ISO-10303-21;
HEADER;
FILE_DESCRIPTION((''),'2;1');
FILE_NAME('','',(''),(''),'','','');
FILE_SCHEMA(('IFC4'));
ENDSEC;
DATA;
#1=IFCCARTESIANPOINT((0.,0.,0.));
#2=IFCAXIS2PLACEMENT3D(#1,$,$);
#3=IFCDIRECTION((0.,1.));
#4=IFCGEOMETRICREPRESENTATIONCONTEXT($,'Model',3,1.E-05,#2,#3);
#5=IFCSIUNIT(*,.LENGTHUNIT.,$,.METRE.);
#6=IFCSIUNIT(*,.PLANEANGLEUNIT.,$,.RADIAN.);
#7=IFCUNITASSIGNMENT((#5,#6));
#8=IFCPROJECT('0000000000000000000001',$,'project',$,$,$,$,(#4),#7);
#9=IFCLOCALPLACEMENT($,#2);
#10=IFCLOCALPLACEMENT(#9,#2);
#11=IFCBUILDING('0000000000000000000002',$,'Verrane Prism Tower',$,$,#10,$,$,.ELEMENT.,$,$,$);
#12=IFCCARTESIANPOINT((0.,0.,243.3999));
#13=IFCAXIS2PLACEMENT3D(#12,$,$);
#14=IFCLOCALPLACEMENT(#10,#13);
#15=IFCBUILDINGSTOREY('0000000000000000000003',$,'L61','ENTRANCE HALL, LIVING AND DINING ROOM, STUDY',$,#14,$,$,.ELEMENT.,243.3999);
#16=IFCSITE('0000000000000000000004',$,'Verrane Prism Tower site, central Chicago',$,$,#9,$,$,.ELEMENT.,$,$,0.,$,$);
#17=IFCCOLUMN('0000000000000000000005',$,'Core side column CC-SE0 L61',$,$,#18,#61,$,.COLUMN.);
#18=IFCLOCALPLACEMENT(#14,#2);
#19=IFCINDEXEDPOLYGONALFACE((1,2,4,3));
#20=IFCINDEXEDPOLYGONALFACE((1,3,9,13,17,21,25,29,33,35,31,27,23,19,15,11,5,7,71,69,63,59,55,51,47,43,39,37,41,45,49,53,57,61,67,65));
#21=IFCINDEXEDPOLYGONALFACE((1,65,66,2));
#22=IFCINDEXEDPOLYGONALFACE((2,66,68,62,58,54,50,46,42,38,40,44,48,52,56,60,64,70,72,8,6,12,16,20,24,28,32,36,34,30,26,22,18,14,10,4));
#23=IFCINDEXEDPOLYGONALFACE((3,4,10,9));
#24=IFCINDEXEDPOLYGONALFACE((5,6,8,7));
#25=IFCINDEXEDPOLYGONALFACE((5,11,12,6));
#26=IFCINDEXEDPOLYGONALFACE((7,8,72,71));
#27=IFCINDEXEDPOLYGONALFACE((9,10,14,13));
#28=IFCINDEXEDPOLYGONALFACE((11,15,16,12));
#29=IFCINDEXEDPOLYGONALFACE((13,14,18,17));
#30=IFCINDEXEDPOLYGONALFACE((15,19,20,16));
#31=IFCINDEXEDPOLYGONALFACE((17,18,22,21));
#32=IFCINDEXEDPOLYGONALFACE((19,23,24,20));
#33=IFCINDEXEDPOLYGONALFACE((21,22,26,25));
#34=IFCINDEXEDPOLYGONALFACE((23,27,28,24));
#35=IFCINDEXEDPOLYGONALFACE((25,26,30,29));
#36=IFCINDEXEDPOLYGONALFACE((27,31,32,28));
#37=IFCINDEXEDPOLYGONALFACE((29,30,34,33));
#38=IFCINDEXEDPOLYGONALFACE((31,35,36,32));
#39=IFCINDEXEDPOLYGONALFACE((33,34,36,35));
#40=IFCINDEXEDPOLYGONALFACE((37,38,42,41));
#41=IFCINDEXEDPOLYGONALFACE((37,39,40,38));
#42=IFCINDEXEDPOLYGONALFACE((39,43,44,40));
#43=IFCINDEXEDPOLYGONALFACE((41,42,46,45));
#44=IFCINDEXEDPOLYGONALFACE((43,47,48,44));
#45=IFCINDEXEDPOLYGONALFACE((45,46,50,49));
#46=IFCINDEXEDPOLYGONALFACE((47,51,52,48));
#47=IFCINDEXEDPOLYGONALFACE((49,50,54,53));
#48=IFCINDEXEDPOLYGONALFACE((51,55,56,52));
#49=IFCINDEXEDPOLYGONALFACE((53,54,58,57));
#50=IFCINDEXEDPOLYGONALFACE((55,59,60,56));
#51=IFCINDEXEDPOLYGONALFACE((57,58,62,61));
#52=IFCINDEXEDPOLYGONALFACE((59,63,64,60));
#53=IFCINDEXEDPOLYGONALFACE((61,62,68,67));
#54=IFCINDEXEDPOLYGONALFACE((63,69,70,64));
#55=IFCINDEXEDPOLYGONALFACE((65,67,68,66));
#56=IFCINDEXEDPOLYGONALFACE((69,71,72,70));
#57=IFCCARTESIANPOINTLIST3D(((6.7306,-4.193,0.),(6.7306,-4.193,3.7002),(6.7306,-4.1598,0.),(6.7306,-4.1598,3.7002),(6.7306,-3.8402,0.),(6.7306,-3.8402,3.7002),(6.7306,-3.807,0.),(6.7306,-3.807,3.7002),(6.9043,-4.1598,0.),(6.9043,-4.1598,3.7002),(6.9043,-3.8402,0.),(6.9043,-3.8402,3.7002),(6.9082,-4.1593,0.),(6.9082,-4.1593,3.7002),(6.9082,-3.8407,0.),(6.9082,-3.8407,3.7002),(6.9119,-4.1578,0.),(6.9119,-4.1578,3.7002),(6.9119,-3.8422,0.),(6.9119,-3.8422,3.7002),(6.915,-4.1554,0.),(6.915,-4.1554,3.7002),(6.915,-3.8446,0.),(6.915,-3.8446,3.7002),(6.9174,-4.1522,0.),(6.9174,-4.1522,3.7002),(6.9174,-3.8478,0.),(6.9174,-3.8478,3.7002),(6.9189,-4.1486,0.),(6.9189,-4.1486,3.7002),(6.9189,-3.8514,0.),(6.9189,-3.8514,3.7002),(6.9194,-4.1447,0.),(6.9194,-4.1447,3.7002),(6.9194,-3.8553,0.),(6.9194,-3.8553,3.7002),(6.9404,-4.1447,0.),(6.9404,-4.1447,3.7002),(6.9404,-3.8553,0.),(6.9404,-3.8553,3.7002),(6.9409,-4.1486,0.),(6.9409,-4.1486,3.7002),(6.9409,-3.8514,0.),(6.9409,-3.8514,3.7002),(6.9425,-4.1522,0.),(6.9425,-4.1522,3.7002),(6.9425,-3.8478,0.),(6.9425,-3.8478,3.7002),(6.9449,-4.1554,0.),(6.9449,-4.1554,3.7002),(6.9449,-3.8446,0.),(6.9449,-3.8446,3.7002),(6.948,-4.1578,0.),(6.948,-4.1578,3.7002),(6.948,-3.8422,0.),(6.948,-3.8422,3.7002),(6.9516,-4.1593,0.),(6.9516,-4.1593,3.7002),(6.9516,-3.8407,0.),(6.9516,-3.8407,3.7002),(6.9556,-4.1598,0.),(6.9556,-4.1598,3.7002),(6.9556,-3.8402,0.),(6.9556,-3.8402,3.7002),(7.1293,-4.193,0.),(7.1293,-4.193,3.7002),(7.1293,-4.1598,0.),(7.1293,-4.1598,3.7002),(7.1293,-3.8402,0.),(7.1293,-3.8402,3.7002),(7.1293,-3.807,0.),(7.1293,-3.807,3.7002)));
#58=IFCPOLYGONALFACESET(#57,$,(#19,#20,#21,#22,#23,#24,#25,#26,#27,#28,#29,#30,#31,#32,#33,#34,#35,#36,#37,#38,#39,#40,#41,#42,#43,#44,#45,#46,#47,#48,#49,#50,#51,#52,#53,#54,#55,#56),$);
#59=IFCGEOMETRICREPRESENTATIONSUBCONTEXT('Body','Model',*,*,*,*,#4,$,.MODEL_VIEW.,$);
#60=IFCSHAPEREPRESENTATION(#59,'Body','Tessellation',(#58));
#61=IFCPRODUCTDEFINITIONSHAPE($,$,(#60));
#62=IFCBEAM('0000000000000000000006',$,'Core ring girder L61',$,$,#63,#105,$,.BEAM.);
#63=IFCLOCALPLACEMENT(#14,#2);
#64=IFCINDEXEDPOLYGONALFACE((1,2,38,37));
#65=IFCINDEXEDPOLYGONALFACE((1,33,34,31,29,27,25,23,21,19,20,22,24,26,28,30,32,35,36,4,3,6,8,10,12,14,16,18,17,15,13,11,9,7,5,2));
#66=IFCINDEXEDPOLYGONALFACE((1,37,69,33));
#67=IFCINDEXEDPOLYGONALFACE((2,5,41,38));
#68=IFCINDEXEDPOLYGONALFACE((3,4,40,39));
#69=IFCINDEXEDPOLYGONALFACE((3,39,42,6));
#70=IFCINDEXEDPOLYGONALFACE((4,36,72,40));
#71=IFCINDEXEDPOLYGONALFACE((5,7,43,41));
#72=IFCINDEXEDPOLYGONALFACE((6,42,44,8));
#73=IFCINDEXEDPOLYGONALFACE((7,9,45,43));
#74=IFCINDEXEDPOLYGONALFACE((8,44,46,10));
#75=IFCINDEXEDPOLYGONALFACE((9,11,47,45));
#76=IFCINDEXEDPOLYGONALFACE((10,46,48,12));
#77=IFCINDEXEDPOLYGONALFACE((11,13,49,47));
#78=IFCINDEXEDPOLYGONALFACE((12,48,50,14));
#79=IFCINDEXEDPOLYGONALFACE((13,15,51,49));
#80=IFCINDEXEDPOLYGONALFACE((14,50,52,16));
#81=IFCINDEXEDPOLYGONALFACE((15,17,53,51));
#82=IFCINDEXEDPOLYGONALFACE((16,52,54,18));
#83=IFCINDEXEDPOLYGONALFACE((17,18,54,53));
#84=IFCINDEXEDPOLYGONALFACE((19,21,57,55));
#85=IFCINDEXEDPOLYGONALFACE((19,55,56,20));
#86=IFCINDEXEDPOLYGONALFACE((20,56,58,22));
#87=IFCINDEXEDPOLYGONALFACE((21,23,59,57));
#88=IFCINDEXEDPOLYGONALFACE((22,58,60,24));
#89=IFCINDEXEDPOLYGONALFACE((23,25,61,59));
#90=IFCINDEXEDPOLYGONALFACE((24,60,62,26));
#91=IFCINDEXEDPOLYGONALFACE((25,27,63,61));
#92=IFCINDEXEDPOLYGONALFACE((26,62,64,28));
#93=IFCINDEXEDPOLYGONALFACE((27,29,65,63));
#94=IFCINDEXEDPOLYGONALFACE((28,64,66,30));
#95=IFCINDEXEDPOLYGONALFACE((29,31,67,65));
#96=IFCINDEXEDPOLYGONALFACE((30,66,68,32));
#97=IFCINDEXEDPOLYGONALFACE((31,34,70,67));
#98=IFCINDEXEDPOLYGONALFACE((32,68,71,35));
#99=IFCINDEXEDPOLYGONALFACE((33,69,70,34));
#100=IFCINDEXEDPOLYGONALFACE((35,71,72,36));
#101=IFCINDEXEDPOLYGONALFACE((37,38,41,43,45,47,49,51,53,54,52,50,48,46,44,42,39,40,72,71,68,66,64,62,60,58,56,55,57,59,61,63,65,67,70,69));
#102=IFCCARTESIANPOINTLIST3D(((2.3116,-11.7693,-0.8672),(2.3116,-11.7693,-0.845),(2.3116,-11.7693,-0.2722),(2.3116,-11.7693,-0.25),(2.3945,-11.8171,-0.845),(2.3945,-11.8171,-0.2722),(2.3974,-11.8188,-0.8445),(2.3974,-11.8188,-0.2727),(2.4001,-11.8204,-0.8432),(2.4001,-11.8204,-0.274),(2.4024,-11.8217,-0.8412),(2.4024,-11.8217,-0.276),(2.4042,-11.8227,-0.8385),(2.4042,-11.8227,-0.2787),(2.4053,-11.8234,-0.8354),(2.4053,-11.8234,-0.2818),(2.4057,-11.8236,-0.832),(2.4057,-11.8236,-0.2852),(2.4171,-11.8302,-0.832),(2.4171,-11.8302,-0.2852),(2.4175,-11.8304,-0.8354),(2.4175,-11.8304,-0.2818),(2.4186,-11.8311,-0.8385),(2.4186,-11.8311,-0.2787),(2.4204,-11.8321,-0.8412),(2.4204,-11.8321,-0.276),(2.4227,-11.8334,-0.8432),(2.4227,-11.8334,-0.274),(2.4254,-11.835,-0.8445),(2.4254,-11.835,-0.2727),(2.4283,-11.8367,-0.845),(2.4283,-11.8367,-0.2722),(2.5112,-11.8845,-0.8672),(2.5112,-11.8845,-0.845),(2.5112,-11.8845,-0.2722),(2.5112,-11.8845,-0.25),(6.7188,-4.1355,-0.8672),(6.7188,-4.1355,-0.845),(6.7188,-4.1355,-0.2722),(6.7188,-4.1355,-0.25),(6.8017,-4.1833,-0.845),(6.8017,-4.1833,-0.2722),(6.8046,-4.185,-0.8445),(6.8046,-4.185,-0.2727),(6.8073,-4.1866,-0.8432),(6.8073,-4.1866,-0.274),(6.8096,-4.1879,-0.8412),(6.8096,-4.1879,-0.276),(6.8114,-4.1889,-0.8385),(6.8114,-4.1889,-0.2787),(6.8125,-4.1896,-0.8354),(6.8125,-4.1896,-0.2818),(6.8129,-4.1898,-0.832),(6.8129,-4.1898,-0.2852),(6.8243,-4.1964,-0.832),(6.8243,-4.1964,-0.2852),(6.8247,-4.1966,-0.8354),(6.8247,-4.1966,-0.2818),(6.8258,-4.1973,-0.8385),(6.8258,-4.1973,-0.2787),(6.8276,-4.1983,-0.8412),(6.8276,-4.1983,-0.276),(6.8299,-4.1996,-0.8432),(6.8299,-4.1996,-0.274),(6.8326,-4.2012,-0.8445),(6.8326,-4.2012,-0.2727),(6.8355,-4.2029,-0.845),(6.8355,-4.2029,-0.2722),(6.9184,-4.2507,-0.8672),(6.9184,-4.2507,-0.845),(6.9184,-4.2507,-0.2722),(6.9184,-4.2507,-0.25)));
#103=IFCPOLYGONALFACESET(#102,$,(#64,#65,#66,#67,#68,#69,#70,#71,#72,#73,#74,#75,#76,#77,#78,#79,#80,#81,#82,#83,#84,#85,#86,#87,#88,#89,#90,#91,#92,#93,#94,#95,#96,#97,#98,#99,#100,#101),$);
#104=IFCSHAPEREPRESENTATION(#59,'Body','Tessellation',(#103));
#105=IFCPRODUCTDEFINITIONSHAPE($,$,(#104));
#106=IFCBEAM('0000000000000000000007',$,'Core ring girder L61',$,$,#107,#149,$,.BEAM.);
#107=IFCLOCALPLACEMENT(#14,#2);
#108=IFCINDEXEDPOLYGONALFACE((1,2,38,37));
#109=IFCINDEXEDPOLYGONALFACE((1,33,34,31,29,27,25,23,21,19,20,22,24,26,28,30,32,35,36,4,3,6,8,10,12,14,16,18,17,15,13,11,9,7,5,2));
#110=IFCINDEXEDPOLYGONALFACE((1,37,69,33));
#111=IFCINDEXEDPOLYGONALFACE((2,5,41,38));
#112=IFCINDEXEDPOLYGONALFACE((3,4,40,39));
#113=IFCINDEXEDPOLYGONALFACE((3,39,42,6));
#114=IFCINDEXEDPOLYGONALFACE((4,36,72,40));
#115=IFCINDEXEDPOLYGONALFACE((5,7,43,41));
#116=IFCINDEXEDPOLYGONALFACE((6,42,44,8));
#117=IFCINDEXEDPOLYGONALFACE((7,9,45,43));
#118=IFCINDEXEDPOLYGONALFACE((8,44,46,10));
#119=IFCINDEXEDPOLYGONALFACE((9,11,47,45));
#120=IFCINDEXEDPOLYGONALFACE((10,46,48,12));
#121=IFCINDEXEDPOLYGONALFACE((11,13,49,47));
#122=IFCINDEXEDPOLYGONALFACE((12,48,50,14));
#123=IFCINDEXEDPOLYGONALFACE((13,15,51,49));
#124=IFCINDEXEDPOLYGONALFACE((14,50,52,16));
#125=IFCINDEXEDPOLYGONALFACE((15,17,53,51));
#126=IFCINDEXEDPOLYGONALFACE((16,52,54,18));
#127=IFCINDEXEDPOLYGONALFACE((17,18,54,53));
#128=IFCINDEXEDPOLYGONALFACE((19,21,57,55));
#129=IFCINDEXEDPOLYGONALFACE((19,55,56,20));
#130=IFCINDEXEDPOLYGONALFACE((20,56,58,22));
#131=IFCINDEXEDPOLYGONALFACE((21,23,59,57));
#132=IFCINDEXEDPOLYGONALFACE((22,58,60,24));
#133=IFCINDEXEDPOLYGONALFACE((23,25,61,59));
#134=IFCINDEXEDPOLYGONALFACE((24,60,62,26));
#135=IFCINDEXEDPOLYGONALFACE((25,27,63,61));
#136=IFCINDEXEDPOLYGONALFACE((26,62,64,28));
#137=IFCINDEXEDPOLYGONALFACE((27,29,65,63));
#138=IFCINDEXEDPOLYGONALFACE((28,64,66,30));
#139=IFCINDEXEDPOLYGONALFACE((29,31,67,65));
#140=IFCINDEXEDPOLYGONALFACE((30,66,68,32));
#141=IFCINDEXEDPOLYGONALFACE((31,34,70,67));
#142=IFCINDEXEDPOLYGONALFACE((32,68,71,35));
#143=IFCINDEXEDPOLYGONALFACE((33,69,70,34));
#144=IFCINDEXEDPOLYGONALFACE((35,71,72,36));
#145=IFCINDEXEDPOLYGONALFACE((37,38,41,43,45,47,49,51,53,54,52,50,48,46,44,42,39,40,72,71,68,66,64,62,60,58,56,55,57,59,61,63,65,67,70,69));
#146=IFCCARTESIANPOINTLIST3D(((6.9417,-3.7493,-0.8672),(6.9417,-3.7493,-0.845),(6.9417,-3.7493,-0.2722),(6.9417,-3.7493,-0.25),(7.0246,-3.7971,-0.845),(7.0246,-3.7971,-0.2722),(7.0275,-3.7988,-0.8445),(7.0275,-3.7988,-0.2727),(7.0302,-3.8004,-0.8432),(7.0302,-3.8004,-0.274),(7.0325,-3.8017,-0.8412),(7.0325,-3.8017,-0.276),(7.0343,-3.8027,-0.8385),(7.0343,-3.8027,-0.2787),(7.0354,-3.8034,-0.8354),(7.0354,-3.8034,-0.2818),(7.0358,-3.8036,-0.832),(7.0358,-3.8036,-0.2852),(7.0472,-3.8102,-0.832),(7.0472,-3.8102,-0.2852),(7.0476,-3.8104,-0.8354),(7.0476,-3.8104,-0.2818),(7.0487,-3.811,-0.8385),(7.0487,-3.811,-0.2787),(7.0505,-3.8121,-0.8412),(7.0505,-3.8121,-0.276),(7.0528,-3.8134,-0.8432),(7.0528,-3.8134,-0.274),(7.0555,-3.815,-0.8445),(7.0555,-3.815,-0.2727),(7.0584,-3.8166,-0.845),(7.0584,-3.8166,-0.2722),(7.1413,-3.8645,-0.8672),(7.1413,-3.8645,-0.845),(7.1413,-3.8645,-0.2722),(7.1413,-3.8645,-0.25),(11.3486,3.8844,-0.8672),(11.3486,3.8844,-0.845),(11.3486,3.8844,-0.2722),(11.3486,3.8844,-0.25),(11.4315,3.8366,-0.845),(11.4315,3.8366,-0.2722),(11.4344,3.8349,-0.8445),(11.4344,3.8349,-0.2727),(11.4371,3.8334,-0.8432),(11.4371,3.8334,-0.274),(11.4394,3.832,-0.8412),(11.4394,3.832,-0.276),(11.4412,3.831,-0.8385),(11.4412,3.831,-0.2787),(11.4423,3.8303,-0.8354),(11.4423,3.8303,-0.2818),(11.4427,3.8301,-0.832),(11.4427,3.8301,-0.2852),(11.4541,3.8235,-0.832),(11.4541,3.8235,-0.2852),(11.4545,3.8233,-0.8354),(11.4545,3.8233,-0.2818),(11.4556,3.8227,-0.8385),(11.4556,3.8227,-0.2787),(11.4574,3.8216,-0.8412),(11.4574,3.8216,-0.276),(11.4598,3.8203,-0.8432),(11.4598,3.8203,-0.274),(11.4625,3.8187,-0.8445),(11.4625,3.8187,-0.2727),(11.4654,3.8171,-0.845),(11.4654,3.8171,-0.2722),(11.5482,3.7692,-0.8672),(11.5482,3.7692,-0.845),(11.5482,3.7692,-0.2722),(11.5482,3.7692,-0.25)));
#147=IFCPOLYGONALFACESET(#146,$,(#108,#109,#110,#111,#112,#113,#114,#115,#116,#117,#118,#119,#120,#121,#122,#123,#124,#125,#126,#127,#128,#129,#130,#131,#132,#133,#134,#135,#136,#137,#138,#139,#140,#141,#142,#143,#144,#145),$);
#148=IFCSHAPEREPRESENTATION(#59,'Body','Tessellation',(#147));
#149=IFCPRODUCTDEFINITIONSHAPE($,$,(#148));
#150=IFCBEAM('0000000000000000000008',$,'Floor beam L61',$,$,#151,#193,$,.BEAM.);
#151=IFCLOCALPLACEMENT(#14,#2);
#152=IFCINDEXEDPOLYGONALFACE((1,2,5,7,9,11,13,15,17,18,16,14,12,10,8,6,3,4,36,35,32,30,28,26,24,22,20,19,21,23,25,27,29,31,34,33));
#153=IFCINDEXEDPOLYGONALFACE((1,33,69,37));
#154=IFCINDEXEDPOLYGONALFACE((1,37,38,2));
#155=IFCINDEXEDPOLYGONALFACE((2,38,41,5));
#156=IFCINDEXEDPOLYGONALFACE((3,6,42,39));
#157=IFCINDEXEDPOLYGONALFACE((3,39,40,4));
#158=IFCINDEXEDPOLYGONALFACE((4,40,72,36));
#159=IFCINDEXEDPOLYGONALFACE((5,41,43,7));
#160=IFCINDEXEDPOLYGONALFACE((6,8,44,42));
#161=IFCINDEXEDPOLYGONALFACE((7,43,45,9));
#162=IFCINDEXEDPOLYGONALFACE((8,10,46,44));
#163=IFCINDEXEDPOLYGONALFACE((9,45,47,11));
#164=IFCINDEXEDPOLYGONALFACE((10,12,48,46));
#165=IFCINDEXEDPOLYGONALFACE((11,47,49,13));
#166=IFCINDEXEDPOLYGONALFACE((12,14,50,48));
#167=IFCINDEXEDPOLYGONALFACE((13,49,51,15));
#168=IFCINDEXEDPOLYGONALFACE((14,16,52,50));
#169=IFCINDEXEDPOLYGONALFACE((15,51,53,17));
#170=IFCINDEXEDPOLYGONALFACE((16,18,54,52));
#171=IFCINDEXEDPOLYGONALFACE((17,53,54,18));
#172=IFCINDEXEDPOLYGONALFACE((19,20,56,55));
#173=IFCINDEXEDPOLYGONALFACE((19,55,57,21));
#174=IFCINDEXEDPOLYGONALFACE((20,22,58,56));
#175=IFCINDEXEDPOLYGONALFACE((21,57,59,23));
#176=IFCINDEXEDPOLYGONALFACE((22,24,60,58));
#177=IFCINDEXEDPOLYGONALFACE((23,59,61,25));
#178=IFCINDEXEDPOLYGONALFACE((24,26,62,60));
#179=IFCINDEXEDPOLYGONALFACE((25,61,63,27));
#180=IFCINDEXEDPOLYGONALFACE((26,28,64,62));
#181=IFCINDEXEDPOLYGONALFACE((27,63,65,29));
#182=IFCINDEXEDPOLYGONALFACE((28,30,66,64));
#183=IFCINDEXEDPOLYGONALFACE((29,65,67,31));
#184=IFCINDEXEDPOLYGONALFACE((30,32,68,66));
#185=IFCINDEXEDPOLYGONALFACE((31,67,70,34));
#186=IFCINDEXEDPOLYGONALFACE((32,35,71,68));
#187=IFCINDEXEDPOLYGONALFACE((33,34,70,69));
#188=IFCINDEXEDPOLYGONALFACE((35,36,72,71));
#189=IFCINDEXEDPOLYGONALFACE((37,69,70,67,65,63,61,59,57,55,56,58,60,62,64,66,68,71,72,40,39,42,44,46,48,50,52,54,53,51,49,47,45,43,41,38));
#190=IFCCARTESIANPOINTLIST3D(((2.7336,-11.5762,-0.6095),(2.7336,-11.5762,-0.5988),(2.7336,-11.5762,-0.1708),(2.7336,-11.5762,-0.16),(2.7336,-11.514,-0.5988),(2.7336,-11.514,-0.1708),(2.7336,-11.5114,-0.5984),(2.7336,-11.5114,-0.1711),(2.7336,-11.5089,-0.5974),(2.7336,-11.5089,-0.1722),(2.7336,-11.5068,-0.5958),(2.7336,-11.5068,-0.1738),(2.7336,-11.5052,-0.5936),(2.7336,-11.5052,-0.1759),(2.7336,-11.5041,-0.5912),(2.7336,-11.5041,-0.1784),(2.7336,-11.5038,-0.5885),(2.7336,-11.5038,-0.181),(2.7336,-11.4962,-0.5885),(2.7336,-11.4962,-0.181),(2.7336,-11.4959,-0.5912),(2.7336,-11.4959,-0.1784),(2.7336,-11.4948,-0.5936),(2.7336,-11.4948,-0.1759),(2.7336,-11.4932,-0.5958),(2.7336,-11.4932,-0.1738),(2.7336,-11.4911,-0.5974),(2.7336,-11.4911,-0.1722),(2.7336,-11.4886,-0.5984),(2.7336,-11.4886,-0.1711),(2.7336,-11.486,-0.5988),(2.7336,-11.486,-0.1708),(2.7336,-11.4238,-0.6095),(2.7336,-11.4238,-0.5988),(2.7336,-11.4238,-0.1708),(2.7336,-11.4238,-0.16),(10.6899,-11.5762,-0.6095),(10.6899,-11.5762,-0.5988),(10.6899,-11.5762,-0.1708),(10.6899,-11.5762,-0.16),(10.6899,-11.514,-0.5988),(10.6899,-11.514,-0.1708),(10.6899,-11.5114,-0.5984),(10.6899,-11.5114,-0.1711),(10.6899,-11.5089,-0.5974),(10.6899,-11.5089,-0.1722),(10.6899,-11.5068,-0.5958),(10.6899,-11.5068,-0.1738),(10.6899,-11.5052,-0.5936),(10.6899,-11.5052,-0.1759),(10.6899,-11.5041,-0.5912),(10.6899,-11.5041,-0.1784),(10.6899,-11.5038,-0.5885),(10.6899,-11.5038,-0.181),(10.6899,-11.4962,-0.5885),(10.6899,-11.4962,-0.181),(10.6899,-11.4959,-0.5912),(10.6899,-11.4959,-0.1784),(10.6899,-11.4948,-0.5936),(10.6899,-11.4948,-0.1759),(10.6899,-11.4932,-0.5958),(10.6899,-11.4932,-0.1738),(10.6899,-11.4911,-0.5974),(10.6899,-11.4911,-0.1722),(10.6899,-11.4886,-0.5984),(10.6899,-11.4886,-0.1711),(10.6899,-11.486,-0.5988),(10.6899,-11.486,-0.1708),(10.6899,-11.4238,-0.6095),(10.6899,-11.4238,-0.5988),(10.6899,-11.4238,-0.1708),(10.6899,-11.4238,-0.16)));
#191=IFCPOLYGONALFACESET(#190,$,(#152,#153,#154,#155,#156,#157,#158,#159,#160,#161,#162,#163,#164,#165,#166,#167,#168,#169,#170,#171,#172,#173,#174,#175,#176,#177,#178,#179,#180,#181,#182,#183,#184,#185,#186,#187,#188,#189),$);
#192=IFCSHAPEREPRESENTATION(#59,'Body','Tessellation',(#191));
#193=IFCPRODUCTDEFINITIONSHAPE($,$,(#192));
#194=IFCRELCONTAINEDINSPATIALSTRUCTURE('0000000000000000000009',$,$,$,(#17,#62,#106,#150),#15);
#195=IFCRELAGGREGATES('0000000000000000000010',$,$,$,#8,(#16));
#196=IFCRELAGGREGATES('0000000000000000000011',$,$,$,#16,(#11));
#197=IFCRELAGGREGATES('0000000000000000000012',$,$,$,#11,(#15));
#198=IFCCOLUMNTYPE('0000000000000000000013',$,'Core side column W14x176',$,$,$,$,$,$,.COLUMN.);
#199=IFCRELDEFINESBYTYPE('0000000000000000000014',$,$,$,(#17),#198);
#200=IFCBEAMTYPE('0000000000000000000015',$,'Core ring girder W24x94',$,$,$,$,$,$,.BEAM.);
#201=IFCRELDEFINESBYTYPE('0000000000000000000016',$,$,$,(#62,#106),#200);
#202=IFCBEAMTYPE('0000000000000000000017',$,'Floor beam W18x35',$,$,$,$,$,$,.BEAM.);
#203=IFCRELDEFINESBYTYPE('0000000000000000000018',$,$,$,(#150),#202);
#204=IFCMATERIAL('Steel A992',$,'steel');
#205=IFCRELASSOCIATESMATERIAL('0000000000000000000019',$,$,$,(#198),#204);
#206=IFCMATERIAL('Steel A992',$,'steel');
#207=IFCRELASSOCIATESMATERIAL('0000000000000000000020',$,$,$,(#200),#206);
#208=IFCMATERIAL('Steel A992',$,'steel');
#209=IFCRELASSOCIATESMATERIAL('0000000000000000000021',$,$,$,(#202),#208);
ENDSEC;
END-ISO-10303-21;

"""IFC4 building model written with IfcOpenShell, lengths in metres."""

from ifc_helpers import new_model, si_unit, direction, frame, origin, origin_2d, place, context, subcontext, project, spatial, i_section, extrude, material, material_profile, profile_set, type_object, element, save


model = new_model("IFC4")

# Units and contexts
model_context = context("Model", 3, precision=1e-05, world=origin(), true_north=direction((0.0, 1.0)))
body_context = subcontext(model_context, "Body", "Model", "MODEL_VIEW")
ifc_project = project(units=[si_unit("LENGTHUNIT", "METRE"), si_unit("PLANEANGLEUNIT", "RADIAN")], contexts=[model_context])

# Site, building, storey
site_placement = place(None, origin())
site = spatial("IfcSite", under=ifc_project, at=site_placement, Name="Verrane Prism Tower site, central Chicago", CompositionType="ELEMENT", RefElevation=0.0)
building_placement = place(site_placement, origin())
building = spatial("IfcBuilding", under=site, at=building_placement, Name="Verrane Prism Tower", CompositionType="ELEMENT")
storey_placement = place(building_placement, frame((0.0, 0.0, 243.3999)))
storey = spatial("IfcBuildingStorey", under=building, at=storey_placement, Name="L61", Description="ENTRANCE HALL, LIVING AND DINING ROOM, STUDY", CompositionType="ELEMENT", Elevation=243.3999)

# Column
ifc_material_1 = material(Name="Steel A992", Category="steel")
ifc_material_profile_1 = material_profile(ifc_material_1, i_section(OverallWidth=0.3987, OverallDepth=0.386, WebThickness=0.021, FlangeThickness=0.0332, FilletRadius=0.0151, at=origin_2d()), Name="W14x176")
ifc_profile_set_1 = profile_set([ifc_material_profile_1], Name="Steel A992")
column_type = type_object("IfcColumnType", Name="Core side column W14x176", PredefinedType="COLUMN", material=ifc_profile_set_1)
column_placement = place(storey_placement, frame((6.9299, -4.0, 0.0), z_axis=(0.0, 0.0, 1.0), x_axis=(1.0, 0.0, 0.0)))
element("IfcColumn", 1, at=column_placement, inside=storey, type_object=column_type, Name="Core side column CC-SE0 L61", PredefinedType="COLUMN", context=body_context, shape_type="SweptSolid", body=[
    extrude(i_section(OverallWidth=0.3987, OverallDepth=0.386, WebThickness=0.021, FlangeThickness=0.0332, FilletRadius=0.0151, at=origin_2d()), origin(), (0.0, 0.0, 1.0), 3.7002),
])

# Beams
ifc_material_2 = material(Name="Steel A992", Category="steel")
ifc_material_profile_2 = material_profile(ifc_material_2, i_section(OverallWidth=0.2305, OverallDepth=0.6172, WebThickness=0.0132, FlangeThickness=0.0222, FilletRadius=0.0129, at=origin_2d()), Name="W24x94")
ifc_profile_set_2 = profile_set([ifc_material_profile_2], Name="Steel A992")
beam_type_1 = type_object("IfcBeamType", Name="Core ring girder W24x94", PredefinedType="BEAM", material=ifc_profile_set_2)
beam_1_placement = place(storey_placement, frame((2.4114, -11.8269, -0.5586), z_axis=(0.499988, 0.866032, 0.0), x_axis=(-0.866032, 0.499988, 0.0)))
element("IfcBeam", 2, at=beam_1_placement, inside=storey, type_object=beam_type_1, Name="Core ring girder L61", PredefinedType="BEAM", context=body_context, shape_type="SweptSolid", body=[
    extrude(i_section(OverallWidth=0.2305, OverallDepth=0.6172, WebThickness=0.0132, FlangeThickness=0.0222, FilletRadius=0.0129, at=origin_2d()), origin(), (0.0, 0.0, 1.0), 8.8147),
])
beam_2_placement = place(storey_placement, frame((7.0415, -3.8069, -0.5586), z_axis=(0.499967, 0.866044, 0.0), x_axis=(-0.866044, 0.499967, 0.0)))
element("IfcBeam", 3, at=beam_2_placement, inside=storey, type_object=beam_type_1, Name="Core ring girder L61", PredefinedType="BEAM", context=body_context, shape_type="SweptSolid", body=[
    extrude(i_section(OverallWidth=0.2305, OverallDepth=0.6172, WebThickness=0.0132, FlangeThickness=0.0222, FilletRadius=0.0129, at=origin_2d()), origin(), (0.0, 0.0, 1.0), 8.8145),
])
ifc_material_3 = material(Name="Steel A992", Category="steel")
ifc_material_profile_3 = material_profile(ifc_material_3, i_section(OverallWidth=0.1523, OverallDepth=0.4495, WebThickness=0.0076, FlangeThickness=0.0107, FilletRadius=0.0103, at=origin_2d()), Name="W18x35")
ifc_profile_set_3 = profile_set([ifc_material_profile_3], Name="Steel A992")
beam_type_2 = type_object("IfcBeamType", Name="Floor beam W18x35", PredefinedType="BEAM", material=ifc_profile_set_3)
beam_3_placement = place(storey_placement, frame((2.7336, -11.5, -0.3848), z_axis=(1.0, 0.0, 0.0), x_axis=(0.0, 1.0, 0.0)))
element("IfcBeam", 4, at=beam_3_placement, inside=storey, type_object=beam_type_2, Name="Floor beam L61", PredefinedType="BEAM", context=body_context, shape_type="SweptSolid", body=[
    extrude(i_section(OverallWidth=0.1523, OverallDepth=0.4495, WebThickness=0.0076, FlangeThickness=0.0107, FilletRadius=0.0103, at=origin_2d()), origin(), (0.0, 0.0, 1.0), 7.9563),
])

save(model, "model.ifc")
